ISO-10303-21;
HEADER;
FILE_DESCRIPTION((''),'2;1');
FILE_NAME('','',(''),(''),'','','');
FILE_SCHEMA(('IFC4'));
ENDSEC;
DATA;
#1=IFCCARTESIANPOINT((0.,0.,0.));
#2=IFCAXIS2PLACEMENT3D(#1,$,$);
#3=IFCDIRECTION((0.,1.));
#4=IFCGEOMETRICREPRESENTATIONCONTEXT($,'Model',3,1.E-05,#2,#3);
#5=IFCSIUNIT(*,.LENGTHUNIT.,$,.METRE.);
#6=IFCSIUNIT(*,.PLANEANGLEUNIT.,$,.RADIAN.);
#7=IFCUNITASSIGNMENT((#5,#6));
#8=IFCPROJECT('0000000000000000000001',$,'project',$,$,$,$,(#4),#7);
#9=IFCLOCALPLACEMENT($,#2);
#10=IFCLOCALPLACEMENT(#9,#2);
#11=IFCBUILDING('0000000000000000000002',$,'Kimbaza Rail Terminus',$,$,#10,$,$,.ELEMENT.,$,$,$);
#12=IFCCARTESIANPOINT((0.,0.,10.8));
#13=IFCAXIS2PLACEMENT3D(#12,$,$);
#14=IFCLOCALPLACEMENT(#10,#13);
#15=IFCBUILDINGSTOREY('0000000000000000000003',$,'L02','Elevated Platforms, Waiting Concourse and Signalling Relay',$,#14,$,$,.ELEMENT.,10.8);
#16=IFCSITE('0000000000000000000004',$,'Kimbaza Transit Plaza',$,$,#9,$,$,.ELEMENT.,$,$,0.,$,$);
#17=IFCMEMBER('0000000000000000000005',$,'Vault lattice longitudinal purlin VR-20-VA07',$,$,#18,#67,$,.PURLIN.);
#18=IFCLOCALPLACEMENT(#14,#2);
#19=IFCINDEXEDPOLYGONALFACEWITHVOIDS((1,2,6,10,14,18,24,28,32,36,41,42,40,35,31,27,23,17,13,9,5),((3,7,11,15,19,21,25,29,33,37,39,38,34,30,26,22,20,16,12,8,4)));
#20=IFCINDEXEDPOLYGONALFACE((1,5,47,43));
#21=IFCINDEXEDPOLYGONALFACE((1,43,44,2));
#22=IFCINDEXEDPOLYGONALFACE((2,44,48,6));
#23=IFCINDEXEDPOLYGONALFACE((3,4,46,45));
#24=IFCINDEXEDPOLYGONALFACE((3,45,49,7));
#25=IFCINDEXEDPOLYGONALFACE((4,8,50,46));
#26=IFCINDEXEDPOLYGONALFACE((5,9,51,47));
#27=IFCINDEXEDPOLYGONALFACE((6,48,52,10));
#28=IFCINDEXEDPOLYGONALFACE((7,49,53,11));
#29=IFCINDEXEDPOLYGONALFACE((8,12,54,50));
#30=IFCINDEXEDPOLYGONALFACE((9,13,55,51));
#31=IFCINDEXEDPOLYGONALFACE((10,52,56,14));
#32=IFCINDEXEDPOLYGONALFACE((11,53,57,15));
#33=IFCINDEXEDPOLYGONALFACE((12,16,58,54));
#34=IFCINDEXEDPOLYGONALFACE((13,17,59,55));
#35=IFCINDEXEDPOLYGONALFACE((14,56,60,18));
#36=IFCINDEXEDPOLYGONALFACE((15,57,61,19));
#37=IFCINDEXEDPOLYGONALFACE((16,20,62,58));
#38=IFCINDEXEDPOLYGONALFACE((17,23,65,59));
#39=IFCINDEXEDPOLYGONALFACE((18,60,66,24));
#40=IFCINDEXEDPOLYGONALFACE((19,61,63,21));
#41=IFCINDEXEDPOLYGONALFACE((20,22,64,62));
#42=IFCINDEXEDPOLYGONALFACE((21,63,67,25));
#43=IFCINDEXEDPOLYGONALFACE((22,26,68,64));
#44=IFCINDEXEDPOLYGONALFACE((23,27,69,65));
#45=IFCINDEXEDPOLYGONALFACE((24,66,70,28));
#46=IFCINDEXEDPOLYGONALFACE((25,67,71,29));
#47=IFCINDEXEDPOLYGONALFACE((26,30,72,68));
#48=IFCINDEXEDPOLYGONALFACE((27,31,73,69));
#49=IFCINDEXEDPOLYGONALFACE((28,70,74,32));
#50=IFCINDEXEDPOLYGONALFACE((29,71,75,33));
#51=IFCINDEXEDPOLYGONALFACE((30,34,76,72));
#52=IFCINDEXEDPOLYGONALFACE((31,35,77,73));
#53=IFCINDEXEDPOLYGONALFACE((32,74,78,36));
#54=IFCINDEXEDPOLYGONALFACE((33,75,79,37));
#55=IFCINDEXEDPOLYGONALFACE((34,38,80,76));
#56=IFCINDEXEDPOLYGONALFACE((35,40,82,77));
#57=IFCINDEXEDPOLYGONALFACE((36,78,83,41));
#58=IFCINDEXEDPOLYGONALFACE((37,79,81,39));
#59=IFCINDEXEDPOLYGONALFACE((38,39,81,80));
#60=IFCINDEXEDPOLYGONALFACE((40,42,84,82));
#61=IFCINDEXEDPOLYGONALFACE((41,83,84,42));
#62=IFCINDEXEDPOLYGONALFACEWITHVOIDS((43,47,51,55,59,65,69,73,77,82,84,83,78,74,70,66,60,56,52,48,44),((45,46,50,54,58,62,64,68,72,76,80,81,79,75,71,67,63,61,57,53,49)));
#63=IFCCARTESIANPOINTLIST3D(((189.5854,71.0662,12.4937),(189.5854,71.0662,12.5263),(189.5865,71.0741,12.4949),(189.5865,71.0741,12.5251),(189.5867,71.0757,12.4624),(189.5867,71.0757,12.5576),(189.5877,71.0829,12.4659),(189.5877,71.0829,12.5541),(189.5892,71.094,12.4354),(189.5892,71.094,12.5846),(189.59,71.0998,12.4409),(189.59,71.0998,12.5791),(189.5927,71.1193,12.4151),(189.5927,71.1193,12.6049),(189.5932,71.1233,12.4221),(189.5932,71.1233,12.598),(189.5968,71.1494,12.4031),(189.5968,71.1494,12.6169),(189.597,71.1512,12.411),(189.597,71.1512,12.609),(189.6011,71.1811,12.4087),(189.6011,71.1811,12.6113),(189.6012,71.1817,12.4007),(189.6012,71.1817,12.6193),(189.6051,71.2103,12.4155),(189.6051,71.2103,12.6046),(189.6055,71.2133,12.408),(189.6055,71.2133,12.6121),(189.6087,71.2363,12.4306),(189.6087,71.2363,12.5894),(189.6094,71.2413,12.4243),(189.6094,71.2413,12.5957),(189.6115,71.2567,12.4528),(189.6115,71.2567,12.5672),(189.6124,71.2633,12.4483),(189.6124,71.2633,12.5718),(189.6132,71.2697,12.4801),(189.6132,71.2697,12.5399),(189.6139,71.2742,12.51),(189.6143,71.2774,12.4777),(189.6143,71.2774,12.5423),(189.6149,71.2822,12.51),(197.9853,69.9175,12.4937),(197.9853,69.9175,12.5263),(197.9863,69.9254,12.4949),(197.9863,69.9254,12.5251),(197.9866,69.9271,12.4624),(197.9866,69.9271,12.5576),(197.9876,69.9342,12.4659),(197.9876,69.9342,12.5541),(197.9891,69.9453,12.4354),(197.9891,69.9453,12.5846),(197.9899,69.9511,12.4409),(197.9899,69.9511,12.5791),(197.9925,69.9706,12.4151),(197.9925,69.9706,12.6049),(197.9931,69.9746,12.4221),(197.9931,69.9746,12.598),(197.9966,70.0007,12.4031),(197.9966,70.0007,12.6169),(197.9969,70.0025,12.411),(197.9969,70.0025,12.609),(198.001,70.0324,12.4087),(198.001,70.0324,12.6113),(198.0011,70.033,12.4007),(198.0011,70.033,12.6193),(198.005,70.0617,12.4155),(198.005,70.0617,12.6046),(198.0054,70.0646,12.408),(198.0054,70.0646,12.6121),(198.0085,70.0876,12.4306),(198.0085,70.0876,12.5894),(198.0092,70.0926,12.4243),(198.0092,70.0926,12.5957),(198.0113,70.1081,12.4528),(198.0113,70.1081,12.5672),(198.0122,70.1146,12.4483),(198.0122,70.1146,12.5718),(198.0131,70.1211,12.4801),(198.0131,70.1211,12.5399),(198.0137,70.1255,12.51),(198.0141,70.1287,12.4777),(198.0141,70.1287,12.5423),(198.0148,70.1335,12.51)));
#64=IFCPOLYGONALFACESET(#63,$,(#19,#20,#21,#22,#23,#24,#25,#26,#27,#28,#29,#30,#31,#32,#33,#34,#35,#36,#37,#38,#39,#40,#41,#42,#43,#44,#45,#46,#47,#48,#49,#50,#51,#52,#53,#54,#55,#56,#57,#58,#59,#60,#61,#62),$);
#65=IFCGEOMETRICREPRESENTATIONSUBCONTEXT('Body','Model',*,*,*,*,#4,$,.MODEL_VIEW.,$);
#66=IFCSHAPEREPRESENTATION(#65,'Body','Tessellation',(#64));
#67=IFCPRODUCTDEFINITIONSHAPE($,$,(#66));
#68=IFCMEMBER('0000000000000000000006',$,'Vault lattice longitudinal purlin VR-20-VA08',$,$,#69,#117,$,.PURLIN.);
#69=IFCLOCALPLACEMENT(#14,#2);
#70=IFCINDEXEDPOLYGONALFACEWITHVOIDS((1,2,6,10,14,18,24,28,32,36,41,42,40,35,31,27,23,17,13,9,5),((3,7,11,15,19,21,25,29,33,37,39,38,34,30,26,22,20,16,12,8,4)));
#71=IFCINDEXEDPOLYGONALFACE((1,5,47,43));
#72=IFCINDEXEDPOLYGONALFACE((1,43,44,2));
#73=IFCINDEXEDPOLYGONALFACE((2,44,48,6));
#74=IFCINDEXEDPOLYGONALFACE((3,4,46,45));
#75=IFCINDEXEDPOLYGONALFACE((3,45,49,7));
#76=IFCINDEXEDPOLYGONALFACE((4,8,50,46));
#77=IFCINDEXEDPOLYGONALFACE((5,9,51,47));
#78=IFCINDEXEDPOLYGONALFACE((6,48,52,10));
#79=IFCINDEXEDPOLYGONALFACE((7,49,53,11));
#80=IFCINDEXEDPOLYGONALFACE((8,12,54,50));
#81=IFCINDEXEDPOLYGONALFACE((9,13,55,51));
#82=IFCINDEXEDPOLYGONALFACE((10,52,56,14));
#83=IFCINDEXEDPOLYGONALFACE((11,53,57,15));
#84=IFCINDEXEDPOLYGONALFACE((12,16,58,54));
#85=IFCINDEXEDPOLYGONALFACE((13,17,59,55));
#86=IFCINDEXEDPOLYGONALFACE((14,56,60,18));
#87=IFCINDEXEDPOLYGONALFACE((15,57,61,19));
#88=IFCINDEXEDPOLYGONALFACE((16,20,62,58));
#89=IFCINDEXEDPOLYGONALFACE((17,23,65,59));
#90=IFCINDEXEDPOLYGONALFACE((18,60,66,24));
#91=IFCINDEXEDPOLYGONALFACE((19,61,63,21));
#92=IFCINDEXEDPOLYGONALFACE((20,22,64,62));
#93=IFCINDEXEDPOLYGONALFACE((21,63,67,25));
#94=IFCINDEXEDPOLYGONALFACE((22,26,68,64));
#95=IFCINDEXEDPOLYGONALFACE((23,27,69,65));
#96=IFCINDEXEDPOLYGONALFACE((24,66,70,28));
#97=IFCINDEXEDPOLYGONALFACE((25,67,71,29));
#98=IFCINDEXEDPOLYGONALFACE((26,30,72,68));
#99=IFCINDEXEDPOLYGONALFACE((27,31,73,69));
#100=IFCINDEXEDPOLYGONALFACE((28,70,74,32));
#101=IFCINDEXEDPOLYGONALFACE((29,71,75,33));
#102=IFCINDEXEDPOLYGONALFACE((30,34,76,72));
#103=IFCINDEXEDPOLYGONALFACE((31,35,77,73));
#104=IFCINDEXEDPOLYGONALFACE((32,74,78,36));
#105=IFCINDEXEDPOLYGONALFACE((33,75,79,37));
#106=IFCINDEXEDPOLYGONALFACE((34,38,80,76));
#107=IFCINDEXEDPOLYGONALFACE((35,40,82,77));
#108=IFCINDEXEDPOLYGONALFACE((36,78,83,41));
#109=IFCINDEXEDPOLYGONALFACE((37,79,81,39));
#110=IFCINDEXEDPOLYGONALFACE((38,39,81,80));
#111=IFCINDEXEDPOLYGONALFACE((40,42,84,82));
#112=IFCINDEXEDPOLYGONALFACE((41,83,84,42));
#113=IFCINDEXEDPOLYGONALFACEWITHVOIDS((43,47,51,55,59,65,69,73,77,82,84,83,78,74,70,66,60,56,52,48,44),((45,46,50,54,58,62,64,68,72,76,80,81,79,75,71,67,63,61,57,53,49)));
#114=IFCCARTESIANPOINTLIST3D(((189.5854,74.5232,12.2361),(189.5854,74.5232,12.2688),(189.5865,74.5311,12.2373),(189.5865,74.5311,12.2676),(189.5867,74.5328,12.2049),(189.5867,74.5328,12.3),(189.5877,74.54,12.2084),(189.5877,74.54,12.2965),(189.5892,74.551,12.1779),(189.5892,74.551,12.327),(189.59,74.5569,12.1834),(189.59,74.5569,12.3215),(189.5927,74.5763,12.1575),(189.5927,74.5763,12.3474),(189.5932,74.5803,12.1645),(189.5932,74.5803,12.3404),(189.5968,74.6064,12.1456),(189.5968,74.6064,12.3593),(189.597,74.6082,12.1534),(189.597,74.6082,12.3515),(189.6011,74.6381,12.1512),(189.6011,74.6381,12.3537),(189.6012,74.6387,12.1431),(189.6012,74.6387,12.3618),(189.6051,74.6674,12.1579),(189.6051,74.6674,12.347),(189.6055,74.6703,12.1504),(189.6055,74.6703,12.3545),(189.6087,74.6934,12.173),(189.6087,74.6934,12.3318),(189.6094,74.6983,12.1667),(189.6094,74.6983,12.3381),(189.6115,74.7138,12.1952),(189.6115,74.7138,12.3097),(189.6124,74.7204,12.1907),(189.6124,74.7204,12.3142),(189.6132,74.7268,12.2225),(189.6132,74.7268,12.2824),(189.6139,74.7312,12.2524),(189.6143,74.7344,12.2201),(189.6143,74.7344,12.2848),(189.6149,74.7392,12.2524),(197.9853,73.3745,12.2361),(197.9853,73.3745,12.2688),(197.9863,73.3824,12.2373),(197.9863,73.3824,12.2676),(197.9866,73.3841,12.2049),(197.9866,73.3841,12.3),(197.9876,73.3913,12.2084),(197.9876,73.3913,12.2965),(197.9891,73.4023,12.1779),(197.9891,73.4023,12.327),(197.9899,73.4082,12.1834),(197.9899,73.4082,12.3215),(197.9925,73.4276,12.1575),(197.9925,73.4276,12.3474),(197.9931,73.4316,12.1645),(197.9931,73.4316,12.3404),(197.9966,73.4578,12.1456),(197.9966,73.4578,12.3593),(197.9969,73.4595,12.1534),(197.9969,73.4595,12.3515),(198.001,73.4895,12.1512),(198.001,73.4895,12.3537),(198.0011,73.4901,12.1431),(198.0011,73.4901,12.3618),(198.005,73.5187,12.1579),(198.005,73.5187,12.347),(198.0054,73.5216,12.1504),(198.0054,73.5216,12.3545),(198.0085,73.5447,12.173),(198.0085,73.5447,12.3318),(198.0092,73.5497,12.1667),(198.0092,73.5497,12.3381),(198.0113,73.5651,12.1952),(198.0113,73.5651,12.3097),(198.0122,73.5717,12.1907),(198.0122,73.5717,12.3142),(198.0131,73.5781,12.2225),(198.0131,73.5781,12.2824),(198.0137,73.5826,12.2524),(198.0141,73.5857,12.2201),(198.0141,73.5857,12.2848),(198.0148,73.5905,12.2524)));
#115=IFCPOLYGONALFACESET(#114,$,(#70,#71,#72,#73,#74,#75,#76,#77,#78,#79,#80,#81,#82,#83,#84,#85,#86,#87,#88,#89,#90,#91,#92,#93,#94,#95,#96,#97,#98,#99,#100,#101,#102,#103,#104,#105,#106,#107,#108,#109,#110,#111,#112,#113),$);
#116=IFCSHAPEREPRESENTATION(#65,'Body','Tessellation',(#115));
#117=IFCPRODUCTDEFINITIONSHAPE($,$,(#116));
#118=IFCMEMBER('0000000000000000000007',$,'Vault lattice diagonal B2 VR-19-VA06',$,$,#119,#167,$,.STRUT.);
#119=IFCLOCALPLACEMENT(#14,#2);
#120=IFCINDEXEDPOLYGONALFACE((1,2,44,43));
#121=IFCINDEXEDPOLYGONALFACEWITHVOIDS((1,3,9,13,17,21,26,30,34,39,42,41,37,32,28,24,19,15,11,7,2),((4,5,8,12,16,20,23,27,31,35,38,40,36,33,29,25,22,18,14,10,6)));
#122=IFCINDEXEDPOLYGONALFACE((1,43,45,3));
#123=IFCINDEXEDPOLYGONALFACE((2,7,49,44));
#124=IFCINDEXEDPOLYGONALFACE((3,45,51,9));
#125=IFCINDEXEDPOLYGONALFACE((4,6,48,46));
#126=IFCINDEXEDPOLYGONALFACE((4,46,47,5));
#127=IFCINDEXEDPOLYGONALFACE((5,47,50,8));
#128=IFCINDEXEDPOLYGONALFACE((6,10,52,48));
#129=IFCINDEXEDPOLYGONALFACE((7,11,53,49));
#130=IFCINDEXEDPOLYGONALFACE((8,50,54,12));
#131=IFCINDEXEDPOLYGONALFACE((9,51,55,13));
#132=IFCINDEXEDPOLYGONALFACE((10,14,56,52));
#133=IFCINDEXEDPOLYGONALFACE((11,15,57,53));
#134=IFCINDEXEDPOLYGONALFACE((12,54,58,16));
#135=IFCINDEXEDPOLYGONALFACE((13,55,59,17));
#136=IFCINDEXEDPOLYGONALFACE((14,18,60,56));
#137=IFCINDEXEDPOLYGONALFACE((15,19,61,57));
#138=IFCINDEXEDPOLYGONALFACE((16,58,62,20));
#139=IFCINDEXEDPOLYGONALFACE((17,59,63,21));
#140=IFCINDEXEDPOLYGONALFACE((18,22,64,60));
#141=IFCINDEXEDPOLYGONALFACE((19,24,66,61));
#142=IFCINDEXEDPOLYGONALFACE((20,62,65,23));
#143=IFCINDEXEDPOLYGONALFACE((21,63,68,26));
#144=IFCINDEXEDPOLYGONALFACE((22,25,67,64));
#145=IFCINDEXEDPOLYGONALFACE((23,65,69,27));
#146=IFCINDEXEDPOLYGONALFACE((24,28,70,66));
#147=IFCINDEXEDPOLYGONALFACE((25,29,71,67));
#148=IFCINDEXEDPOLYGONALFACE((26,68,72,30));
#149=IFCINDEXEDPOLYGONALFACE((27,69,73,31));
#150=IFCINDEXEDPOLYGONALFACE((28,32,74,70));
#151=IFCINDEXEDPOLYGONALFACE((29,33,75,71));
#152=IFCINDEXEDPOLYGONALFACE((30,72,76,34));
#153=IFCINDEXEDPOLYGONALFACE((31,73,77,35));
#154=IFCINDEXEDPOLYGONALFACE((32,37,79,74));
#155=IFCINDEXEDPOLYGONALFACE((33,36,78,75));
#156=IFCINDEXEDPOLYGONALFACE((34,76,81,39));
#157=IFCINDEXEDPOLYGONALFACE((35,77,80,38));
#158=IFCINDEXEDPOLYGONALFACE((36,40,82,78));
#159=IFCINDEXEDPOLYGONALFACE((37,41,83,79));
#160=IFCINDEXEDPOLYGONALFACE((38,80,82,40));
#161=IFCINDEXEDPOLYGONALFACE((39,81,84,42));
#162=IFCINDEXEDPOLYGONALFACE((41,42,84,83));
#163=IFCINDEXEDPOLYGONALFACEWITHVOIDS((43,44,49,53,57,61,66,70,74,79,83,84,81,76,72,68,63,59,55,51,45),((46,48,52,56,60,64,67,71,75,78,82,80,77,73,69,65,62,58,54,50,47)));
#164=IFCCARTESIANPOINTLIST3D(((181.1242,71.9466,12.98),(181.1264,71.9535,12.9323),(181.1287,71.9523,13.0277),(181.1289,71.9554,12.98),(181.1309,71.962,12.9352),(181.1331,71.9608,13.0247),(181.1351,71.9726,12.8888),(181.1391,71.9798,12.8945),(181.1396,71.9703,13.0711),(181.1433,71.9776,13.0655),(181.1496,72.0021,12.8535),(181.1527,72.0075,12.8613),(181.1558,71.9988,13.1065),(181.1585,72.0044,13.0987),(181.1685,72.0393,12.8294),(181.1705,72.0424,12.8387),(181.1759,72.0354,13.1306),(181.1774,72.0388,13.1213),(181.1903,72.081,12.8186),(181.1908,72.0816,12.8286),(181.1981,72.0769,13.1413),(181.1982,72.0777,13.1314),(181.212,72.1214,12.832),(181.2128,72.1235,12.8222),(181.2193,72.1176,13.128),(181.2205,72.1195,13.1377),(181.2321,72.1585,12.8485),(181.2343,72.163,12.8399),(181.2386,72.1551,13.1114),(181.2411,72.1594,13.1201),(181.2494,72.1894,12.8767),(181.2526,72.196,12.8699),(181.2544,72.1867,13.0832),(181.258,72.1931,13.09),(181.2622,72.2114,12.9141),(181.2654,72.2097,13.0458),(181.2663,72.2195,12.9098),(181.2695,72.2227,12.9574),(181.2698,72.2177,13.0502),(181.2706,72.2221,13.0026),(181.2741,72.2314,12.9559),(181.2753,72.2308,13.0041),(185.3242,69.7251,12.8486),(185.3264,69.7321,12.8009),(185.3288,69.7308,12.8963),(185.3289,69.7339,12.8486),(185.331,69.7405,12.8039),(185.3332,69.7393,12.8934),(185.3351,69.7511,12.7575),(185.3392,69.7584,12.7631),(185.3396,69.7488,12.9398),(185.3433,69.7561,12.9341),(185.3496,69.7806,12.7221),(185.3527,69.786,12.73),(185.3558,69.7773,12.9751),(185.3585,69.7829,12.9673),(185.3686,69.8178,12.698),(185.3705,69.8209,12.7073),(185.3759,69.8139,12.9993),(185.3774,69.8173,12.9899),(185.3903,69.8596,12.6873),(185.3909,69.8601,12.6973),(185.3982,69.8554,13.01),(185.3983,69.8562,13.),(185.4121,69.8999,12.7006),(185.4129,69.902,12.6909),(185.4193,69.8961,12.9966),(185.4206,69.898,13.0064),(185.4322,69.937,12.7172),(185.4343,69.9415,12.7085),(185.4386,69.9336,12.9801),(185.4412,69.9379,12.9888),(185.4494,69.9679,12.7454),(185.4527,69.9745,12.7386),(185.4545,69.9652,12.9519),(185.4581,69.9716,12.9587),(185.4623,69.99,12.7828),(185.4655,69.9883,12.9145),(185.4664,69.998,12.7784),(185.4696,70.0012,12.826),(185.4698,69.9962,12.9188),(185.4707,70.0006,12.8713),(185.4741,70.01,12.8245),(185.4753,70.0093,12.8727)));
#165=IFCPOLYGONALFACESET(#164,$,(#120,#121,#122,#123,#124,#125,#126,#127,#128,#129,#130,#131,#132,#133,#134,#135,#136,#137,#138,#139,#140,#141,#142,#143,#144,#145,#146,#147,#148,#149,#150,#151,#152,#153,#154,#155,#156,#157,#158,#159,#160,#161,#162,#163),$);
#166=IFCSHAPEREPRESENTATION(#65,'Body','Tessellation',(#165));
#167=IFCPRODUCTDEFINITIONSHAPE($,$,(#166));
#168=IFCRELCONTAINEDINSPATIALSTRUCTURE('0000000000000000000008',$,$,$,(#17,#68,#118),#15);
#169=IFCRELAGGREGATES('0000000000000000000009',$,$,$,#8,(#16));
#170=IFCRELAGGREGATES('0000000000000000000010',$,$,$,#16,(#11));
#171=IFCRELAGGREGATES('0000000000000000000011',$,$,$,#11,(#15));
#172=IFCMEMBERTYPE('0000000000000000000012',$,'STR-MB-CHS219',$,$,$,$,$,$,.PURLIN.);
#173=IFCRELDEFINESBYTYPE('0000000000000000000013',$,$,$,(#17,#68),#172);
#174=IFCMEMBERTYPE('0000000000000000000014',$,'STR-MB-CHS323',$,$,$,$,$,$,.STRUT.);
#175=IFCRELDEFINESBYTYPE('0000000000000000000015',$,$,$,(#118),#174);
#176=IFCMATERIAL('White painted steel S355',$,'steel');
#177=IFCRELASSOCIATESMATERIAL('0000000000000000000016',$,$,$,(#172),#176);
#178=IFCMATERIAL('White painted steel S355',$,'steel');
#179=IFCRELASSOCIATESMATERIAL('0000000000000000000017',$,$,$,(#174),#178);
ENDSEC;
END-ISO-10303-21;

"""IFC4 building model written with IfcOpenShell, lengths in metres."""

from ifc_helpers import new_model, si_unit, direction, frame, origin, origin_2d, place, context, subcontext, project, spatial, hollow_circle, extrude, material, material_profile, profile_set, type_object, element, save


model = new_model("IFC4")

# Units and contexts
model_context = context("Model", 3, precision=1e-05, world=origin(), true_north=direction((0.0, 1.0)))
body_context = subcontext(model_context, "Body", "Model", "MODEL_VIEW")
ifc_project = project(units=[si_unit("LENGTHUNIT", "METRE"), si_unit("PLANEANGLEUNIT", "RADIAN")], contexts=[model_context])

# Site, building, storey
site_placement = place(None, origin())
site = spatial("IfcSite", under=ifc_project, at=site_placement, Name="Kimbaza Transit Plaza", CompositionType="ELEMENT", RefElevation=0.0)
building_placement = place(site_placement, origin())
building = spatial("IfcBuilding", under=site, at=building_placement, Name="Kimbaza Rail Terminus", CompositionType="ELEMENT")
storey_placement = place(building_placement, frame((0.0, 0.0, 10.8)))
storey = spatial("IfcBuildingStorey", under=building, at=storey_placement, Name="L02", Description="Elevated Platforms, Waiting Concourse and Signalling Relay", CompositionType="ELEMENT", Elevation=10.8)

# Members
ifc_material_1 = material(Name="White painted steel S355", Category="steel")
ifc_material_profile_1 = material_profile(ifc_material_1, hollow_circle(Radius=0.1096, WallThickness=0.0081, at=origin_2d()), Name="CHS 219.1x8")
ifc_profile_set_1 = profile_set([ifc_material_profile_1], Name="White painted steel S355")
member_type_1 = type_object("IfcMemberType", Name="STR-MB-CHS219", PredefinedType="PURLIN", material=ifc_profile_set_1)
for number, where, z_axis, x_axis, name in (
    (1, (189.6001, 71.1736, 12.51), (0.990779, -0.135488, 0.0), (0.135488, 0.990779, 0.0), "Vault lattice longitudinal purlin VR-20-VA07"),
    (2, (189.6001, 74.6306, 12.2524), (0.990779, -0.135488, 0.0), (0.135488, 0.990779, 0.0), "Vault lattice longitudinal purlin VR-20-VA08"),
):
    element("IfcMember", number, at=place(storey_placement, frame(where, z_axis=z_axis, x_axis=x_axis)), inside=storey, type_object=member_type_1, Name=name, PredefinedType="PURLIN", context=body_context, shape_type="SweptSolid", body=[
        extrude(hollow_circle(Radius=0.1096, WallThickness=0.0081, at=origin_2d()), origin(), (0.0, 0.0, 1.0), 8.478),
    ])
ifc_material_2 = material(Name="White painted steel S355", Category="steel")
ifc_material_profile_2 = material_profile(ifc_material_2, hollow_circle(Radius=0.1619, WallThickness=0.01, at=origin_2d()), Name="CHS 323.9x10")
ifc_profile_set_2 = profile_set([ifc_material_profile_2], Name="White painted steel S355")
member_type_2 = type_object("IfcMemberType", Name="STR-MB-CHS323", PredefinedType="STRUT", material=ifc_profile_set_2)
for number, where, z_axis, x_axis, name in (
    (3, (185.3999, 69.8682, 12.8486), (-0.88363, 0.467369, 0.027634), (-0.467548, -0.883968, 0.0), "Vault lattice diagonal B2 VR-19-VA06"),
):
    element("IfcMember", number, at=place(storey_placement, frame(where, z_axis=z_axis, x_axis=x_axis)), inside=storey, type_object=member_type_2, Name=name, PredefinedType="STRUT", context=body_context, shape_type="SweptSolid", body=[
        extrude(hollow_circle(Radius=0.1619, WallThickness=0.01, at=origin_2d()), origin(), (0.0, 0.0, 1.0), 4.7532),
    ])

save(model, "model.ifc")
